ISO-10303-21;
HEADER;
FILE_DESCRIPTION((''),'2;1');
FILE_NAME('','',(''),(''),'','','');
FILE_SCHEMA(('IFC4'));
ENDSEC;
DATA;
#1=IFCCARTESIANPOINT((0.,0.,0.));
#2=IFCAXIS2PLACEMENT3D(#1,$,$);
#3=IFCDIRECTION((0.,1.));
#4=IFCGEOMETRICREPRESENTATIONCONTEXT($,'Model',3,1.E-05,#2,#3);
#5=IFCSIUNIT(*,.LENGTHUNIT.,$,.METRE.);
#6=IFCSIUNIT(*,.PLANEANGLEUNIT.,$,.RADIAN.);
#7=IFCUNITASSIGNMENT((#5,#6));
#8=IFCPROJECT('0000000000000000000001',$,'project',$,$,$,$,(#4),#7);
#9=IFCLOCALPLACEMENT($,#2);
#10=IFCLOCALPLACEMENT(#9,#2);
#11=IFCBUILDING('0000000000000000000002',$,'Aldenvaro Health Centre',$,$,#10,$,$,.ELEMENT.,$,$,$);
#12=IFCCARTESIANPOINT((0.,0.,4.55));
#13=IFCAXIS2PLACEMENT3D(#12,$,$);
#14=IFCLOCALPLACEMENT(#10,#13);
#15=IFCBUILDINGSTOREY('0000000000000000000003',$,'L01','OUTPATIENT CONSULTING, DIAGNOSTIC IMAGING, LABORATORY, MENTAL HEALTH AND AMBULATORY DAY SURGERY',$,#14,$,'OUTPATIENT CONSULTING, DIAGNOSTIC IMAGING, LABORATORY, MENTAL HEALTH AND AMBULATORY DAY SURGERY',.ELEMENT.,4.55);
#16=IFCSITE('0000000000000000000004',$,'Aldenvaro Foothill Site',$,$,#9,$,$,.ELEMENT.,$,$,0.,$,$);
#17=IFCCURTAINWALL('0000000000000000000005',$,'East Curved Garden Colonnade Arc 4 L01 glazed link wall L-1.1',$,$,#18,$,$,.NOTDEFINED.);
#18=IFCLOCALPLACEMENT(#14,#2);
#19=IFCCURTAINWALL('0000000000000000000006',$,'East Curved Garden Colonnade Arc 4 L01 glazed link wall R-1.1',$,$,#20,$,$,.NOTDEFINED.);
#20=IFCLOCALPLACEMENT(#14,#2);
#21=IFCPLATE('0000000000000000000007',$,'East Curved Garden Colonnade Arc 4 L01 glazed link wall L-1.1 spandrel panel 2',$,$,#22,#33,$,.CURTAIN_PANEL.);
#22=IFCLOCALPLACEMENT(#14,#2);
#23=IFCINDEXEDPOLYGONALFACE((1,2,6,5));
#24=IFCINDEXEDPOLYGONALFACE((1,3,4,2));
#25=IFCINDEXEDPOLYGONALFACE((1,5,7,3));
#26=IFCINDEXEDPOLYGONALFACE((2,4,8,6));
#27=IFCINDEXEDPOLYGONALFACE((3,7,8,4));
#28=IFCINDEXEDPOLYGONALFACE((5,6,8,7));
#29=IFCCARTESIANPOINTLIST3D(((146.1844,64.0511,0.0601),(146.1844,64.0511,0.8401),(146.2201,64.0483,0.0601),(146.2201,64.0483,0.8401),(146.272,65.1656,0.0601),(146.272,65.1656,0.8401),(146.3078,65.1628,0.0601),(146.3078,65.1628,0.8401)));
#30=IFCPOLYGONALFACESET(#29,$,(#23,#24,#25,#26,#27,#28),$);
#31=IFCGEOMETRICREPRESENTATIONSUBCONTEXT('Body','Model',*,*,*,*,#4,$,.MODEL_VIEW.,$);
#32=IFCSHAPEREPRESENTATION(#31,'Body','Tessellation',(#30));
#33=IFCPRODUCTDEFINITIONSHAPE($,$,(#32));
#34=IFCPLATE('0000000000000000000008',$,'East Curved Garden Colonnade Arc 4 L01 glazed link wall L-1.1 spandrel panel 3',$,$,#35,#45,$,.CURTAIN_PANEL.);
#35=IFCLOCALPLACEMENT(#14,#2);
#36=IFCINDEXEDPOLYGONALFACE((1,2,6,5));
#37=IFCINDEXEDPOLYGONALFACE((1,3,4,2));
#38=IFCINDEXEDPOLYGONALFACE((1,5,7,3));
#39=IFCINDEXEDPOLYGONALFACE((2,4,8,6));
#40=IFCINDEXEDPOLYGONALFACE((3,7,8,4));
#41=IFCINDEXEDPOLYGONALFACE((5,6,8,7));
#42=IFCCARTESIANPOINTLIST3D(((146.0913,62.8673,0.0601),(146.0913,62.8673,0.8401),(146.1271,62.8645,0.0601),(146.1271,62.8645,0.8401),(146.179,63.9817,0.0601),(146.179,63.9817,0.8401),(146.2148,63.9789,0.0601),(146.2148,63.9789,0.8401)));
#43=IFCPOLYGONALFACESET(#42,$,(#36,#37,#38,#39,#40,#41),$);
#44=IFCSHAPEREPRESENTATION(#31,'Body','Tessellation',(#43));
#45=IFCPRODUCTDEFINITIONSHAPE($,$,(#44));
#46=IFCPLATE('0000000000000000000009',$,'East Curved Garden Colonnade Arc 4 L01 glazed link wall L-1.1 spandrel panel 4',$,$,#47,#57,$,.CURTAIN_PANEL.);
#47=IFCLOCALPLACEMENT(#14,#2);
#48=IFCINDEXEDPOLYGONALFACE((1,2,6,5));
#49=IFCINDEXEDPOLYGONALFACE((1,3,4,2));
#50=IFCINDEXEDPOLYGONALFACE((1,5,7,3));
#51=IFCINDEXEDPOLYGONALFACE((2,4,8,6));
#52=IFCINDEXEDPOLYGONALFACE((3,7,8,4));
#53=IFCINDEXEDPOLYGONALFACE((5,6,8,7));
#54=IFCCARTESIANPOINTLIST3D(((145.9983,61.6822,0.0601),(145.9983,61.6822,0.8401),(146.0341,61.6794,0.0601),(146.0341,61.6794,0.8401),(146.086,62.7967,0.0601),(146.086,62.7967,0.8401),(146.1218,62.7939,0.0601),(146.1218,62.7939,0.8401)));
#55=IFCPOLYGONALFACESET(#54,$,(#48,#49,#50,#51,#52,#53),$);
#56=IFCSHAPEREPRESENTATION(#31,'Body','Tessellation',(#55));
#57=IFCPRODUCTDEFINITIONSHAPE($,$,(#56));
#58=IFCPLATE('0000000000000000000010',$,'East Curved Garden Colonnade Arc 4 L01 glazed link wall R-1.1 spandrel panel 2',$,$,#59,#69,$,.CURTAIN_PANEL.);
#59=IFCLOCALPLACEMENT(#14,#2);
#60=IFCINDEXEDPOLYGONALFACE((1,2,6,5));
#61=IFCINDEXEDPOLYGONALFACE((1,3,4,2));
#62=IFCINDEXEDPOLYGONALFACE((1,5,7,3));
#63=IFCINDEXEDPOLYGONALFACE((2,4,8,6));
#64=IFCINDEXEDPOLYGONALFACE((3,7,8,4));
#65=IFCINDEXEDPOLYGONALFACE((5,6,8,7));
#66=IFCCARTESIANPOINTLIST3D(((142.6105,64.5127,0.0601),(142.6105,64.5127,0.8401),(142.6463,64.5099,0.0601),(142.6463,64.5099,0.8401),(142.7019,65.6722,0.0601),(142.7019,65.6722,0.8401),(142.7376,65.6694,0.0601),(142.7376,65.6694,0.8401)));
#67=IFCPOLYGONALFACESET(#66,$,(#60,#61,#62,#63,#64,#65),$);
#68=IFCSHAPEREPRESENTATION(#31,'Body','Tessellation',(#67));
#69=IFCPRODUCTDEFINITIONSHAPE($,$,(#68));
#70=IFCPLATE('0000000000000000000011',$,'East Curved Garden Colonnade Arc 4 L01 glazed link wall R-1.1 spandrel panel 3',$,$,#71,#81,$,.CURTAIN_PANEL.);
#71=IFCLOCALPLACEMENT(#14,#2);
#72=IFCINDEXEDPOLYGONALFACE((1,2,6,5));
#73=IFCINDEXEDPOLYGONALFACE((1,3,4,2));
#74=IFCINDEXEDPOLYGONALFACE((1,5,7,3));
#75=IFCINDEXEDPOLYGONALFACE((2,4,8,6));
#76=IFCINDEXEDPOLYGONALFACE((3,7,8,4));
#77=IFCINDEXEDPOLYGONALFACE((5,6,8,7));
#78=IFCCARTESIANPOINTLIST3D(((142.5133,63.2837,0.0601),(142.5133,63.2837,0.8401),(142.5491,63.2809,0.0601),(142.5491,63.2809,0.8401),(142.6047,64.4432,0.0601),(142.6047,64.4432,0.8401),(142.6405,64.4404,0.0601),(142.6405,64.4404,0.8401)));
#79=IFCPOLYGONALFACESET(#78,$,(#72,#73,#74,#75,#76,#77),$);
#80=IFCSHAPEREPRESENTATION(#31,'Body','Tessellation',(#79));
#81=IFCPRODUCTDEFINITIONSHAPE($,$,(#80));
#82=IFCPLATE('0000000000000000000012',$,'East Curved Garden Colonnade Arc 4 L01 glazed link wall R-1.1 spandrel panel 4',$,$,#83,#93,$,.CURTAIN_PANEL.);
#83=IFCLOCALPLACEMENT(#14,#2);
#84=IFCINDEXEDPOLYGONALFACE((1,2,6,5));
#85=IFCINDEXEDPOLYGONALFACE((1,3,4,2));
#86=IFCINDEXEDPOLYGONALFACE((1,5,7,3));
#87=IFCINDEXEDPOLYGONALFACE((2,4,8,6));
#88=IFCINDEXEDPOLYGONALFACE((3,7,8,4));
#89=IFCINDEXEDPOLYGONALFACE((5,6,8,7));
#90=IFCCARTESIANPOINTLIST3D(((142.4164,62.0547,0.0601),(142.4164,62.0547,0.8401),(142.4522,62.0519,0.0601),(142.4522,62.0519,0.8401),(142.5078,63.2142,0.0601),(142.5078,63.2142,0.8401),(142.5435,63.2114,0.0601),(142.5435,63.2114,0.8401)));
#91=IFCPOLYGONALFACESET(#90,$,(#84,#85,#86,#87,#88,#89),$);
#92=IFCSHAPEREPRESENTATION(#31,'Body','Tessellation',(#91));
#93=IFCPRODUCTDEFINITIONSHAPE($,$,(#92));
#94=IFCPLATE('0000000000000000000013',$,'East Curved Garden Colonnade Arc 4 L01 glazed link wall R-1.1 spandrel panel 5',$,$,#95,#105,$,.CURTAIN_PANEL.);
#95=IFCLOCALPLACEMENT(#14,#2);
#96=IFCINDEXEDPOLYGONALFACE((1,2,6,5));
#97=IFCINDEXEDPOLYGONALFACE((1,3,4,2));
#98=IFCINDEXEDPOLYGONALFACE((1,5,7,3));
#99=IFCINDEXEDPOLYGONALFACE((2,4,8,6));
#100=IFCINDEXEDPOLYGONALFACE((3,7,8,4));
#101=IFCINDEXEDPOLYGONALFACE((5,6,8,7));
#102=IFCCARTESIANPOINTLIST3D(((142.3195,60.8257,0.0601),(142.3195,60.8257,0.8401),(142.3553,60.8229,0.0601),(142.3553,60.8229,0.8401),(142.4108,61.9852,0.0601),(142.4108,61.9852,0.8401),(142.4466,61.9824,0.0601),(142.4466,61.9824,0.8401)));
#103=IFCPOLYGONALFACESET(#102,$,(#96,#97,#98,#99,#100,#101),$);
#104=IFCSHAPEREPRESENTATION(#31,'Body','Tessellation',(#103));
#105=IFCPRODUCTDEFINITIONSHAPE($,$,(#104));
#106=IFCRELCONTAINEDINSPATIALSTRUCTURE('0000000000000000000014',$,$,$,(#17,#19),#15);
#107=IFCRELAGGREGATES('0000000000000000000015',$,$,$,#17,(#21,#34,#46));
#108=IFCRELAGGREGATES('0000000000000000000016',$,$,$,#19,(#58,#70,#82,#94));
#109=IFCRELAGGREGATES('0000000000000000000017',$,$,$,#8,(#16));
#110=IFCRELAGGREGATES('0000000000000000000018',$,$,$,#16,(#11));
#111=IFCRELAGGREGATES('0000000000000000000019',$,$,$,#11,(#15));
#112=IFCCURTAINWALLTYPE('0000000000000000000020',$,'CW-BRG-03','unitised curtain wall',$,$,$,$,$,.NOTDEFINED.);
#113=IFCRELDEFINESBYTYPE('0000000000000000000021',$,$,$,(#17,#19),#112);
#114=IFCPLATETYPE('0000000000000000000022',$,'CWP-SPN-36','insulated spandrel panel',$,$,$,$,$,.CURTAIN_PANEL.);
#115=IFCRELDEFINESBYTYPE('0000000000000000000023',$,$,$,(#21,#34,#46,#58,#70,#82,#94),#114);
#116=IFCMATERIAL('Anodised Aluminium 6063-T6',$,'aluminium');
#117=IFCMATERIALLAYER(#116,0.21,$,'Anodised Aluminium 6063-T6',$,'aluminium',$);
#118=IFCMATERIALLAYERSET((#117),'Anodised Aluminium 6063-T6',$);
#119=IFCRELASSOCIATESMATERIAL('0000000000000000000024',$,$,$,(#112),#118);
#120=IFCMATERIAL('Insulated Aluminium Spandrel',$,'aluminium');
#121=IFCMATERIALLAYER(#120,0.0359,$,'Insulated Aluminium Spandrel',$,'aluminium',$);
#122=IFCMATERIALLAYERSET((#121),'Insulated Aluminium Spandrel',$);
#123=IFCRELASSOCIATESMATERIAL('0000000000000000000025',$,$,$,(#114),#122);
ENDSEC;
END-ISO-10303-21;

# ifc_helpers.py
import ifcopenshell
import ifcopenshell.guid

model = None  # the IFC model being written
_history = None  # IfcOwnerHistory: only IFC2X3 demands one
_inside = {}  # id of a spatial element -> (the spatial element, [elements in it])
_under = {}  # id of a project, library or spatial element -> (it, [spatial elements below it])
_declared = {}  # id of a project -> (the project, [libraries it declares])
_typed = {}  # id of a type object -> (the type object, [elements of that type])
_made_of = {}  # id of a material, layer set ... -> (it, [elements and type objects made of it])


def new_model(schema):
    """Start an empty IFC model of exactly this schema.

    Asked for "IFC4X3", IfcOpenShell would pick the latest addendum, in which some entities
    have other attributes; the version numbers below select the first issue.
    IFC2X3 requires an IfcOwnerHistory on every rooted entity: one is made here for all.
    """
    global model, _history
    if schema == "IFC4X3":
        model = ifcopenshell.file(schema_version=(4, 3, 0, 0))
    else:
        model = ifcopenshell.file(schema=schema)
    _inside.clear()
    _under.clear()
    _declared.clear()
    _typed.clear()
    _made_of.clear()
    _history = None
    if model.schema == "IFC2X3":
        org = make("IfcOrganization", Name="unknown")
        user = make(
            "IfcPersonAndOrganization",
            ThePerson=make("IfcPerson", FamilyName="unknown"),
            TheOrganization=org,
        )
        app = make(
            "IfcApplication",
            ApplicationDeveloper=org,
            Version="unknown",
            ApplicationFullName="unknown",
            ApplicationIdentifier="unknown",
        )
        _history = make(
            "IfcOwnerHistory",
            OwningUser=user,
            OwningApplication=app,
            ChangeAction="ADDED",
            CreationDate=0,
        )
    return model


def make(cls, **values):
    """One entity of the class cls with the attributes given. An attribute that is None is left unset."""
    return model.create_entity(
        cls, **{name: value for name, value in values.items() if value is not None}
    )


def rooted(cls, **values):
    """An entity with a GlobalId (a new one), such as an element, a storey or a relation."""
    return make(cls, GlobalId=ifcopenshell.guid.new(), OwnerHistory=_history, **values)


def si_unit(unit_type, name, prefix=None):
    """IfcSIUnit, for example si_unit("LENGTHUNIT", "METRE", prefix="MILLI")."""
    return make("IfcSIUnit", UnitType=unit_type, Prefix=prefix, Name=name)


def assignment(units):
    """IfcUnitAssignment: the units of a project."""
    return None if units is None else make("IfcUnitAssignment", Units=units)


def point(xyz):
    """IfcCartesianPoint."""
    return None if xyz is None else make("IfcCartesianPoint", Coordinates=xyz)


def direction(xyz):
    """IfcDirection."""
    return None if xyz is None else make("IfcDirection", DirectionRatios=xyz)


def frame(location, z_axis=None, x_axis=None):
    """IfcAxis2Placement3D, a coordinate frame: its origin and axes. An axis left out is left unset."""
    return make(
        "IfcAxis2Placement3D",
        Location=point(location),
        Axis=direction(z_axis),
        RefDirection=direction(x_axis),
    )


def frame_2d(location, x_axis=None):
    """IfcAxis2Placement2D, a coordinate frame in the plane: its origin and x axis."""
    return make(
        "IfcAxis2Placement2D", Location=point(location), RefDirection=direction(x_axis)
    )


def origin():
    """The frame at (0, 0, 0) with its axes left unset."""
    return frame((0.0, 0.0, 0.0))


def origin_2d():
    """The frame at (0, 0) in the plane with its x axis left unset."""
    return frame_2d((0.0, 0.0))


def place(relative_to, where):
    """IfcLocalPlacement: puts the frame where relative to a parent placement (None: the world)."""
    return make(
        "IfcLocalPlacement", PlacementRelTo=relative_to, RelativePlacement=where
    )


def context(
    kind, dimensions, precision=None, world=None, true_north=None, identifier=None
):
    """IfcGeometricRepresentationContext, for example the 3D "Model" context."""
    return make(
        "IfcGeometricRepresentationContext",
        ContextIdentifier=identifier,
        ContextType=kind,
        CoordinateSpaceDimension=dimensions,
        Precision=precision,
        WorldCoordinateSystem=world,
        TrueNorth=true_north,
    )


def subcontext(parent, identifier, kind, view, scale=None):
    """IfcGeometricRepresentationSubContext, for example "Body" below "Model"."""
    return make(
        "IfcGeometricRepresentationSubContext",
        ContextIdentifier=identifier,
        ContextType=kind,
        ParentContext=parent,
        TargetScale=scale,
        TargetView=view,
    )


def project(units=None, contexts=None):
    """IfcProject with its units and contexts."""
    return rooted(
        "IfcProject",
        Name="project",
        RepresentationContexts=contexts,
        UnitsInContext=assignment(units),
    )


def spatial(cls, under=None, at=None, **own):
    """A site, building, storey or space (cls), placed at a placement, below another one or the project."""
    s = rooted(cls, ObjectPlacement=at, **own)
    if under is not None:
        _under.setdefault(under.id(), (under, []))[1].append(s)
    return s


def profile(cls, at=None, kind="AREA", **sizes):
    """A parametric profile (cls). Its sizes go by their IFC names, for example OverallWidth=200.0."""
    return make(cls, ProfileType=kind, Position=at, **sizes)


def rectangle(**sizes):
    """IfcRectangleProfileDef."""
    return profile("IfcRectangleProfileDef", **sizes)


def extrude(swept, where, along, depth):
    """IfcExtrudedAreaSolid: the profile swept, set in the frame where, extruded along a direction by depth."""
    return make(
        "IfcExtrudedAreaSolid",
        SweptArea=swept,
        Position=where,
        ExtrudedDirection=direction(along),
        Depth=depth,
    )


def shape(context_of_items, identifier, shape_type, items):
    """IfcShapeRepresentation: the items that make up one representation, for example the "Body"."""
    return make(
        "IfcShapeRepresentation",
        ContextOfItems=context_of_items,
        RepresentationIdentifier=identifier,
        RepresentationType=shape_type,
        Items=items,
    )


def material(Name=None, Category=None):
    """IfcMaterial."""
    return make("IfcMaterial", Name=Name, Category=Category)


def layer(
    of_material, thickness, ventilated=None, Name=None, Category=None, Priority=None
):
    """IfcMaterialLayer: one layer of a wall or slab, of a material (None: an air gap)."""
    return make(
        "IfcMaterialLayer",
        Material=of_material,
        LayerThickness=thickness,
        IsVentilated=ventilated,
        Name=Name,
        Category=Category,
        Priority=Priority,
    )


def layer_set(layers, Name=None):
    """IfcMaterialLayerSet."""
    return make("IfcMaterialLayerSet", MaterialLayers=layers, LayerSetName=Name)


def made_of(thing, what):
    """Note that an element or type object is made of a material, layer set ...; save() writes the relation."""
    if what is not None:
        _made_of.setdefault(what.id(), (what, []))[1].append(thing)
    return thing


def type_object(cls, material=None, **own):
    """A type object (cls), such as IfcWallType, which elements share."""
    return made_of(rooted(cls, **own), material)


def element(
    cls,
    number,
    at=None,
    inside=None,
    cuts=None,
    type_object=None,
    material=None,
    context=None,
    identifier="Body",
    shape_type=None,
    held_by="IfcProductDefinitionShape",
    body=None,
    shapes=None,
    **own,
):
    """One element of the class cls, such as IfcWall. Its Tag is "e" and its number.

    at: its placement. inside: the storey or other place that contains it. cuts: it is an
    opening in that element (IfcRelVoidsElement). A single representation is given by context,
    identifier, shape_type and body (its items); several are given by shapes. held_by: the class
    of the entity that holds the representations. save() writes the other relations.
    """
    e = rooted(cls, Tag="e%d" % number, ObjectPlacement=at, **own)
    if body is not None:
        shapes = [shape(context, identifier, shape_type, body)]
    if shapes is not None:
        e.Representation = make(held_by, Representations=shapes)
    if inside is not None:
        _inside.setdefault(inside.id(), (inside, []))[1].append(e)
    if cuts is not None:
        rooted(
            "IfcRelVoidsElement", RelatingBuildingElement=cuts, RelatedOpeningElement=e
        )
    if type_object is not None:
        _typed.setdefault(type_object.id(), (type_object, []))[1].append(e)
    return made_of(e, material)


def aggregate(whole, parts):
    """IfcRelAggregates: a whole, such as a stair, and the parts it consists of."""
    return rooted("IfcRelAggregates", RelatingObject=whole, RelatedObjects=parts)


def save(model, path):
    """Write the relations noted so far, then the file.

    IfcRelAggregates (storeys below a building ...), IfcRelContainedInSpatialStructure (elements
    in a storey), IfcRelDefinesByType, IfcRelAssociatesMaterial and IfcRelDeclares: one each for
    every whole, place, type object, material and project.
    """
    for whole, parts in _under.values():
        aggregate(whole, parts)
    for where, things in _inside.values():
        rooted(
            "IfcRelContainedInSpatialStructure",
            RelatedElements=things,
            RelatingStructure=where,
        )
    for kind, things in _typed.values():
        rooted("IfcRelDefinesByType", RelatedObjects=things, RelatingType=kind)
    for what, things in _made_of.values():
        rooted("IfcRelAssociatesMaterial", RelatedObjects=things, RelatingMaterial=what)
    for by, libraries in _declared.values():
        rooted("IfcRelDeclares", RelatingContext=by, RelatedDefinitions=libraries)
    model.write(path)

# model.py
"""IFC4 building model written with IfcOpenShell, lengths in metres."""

from ifc_helpers import new_model, si_unit, direction, frame, origin, origin_2d, place, context, subcontext, project, spatial, rectangle, extrude, material, layer, layer_set, type_object, element, aggregate, save


model = new_model("IFC4")

# Units and contexts
model_context = context("Model", 3, precision=1e-05, world=origin(), true_north=direction((0.0, 1.0)))
body_context = subcontext(model_context, "Body", "Model", "MODEL_VIEW")
ifc_project = project(units=[si_unit("LENGTHUNIT", "METRE"), si_unit("PLANEANGLEUNIT", "RADIAN")], contexts=[model_context])

# Site, building, storey
site_placement = place(None, origin())
site = spatial("IfcSite", under=ifc_project, at=site_placement, Name="Aldenvaro Foothill Site", CompositionType="ELEMENT", RefElevation=0.0)
building_placement = place(site_placement, origin())
building = spatial("IfcBuilding", under=site, at=building_placement, Name="Aldenvaro Health Centre", CompositionType="ELEMENT")
storey_placement = place(building_placement, frame((0.0, 0.0, 4.55)))
storey = spatial("IfcBuildingStorey", under=building, at=storey_placement, Name="L01", Description="OUTPATIENT CONSULTING, DIAGNOSTIC IMAGING, LABORATORY, MENTAL HEALTH AND AMBULATORY DAY SURGERY", LongName="OUTPATIENT CONSULTING, DIAGNOSTIC IMAGING, LABORATORY, MENTAL HEALTH AND AMBULATORY DAY SURGERY", CompositionType="ELEMENT", Elevation=4.55)

# Curtain walls
ifc_material_1 = material(Name="Anodised Aluminium 6063-T6", Category="aluminium")
ifc_layer_1 = layer(ifc_material_1, 0.21, Name="Anodised Aluminium 6063-T6", Category="aluminium")
ifc_layer_set_1 = layer_set([ifc_layer_1], Name="Anodised Aluminium 6063-T6")
curtain_wall_type = type_object("IfcCurtainWallType", Name="CW-BRG-03", Description="unitised curtain wall", PredefinedType="NOTDEFINED", material=ifc_layer_set_1)
curtain_wall_1_placement = place(storey_placement, origin())
curtain_wall_1 = element("IfcCurtainWall", 1, at=curtain_wall_1_placement, inside=storey, type_object=curtain_wall_type, Name="East Curved Garden Colonnade Arc 4 L01 glazed link wall L-1.1", PredefinedType="NOTDEFINED")
curtain_wall_2_placement = place(storey_placement, origin())
curtain_wall_2 = element("IfcCurtainWall", 2, at=curtain_wall_2_placement, inside=storey, type_object=curtain_wall_type, Name="East Curved Garden Colonnade Arc 4 L01 glazed link wall R-1.1", PredefinedType="NOTDEFINED")

# Plates
ifc_material_2 = material(Name="Insulated Aluminium Spandrel", Category="aluminium")
ifc_layer_2 = layer(ifc_material_2, 0.0359, Name="Insulated Aluminium Spandrel", Category="aluminium")
ifc_layer_set_2 = layer_set([ifc_layer_2], Name="Insulated Aluminium Spandrel")
plate_type_1 = type_object("IfcPlateType", Name="CWP-SPN-36", Description="insulated spandrel panel", PredefinedType="CURTAIN_PANEL", material=ifc_layer_set_2)
plate_1_placement = place(storey_placement, frame((146.2461, 64.6069, 0.0601), z_axis=(0.0, 0.0, 1.0), x_axis=(-0.078435, -0.996919, 0.0)))
plate_1 = element("IfcPlate", 3, at=plate_1_placement, type_object=plate_type_1, Name="East Curved Garden Colonnade Arc 4 L01 glazed link wall L-1.1 spandrel panel 2", PredefinedType="CURTAIN_PANEL", context=body_context, shape_type="SweptSolid", body=[
    extrude(rectangle(XDim=1.1179, YDim=0.0359, at=origin_2d()), origin(), (0.0, 0.0, 1.0), 0.78),
])
plate_2_placement = place(storey_placement, frame((146.1531, 63.4231, 0.0601), z_axis=(0.0, 0.0, 1.0), x_axis=(-0.078435, -0.996919, 0.0)))
plate_2 = element("IfcPlate", 4, at=plate_2_placement, type_object=plate_type_1, Name="East Curved Garden Colonnade Arc 4 L01 glazed link wall L-1.1 spandrel panel 3", PredefinedType="CURTAIN_PANEL", context=body_context, shape_type="SweptSolid", body=[
    extrude(rectangle(XDim=1.1179, YDim=0.0359, at=origin_2d()), origin(), (0.0, 0.0, 1.0), 0.78),
])
plate_3_placement = place(storey_placement, frame((146.0601, 62.238, 0.0601), z_axis=(0.0, 0.0, 1.0), x_axis=(-0.078435, -0.996919, 0.0)))
plate_3 = element("IfcPlate", 5, at=plate_3_placement, type_object=plate_type_1, Name="East Curved Garden Colonnade Arc 4 L01 glazed link wall L-1.1 spandrel panel 4", PredefinedType="CURTAIN_PANEL", context=body_context, shape_type="SweptSolid", body=[
    extrude(rectangle(XDim=1.1179, YDim=0.0359, at=origin_2d()), origin(), (0.0, 0.0, 1.0), 0.78),
])
aggregate(curtain_wall_1, [plate_1, plate_2, plate_3])
plate_4_placement = place(storey_placement, frame((142.6741, 65.0911, 0.0601), z_axis=(0.0, 0.0, 1.0), x_axis=(-0.078536, -0.996911, 0.0)))
plate_4 = element("IfcPlate", 6, at=plate_4_placement, type_object=plate_type_1, Name="East Curved Garden Colonnade Arc 4 L01 glazed link wall R-1.1 spandrel panel 2", PredefinedType="CURTAIN_PANEL", context=body_context, shape_type="SweptSolid", body=[
    extrude(rectangle(XDim=1.1631, YDim=0.0359, at=origin_2d()), origin(), (0.0, 0.0, 1.0), 0.78),
])
plate_5_placement = place(storey_placement, frame((142.5769, 63.8621, 0.0601), z_axis=(0.0, 0.0, 1.0), x_axis=(-0.078536, -0.996911, 0.0)))
plate_5 = element("IfcPlate", 7, at=plate_5_placement, type_object=plate_type_1, Name="East Curved Garden Colonnade Arc 4 L01 glazed link wall R-1.1 spandrel panel 3", PredefinedType="CURTAIN_PANEL", context=body_context, shape_type="SweptSolid", body=[
    extrude(rectangle(XDim=1.1631, YDim=0.0359, at=origin_2d()), origin(), (0.0, 0.0, 1.0), 0.78),
])
plate_6_placement = place(storey_placement, frame((142.48, 62.6331, 0.0601), z_axis=(0.0, 0.0, 1.0), x_axis=(-0.078536, -0.996911, 0.0)))
plate_6 = element("IfcPlate", 8, at=plate_6_placement, type_object=plate_type_1, Name="East Curved Garden Colonnade Arc 4 L01 glazed link wall R-1.1 spandrel panel 4", PredefinedType="CURTAIN_PANEL", context=body_context, shape_type="SweptSolid", body=[
    extrude(rectangle(XDim=1.1631, YDim=0.0359, at=origin_2d()), origin(), (0.0, 0.0, 1.0), 0.78),
])
plate_7_placement = place(storey_placement, frame((142.3831, 61.4041, 0.0601), z_axis=(0.0, 0.0, 1.0), x_axis=(-0.078536, -0.996911, 0.0)))
plate_7 = element("IfcPlate", 9, at=plate_7_placement, type_object=plate_type_1, Name="East Curved Garden Colonnade Arc 4 L01 glazed link wall R-1.1 spandrel panel 5", PredefinedType="CURTAIN_PANEL", context=body_context, shape_type="SweptSolid", body=[
    extrude(rectangle(XDim=1.1631, YDim=0.0359, at=origin_2d()), origin(), (0.0, 0.0, 1.0), 0.78),
])
aggregate(curtain_wall_2, [plate_4, plate_5, plate_6, plate_7])

save(model, "model.ifc")
